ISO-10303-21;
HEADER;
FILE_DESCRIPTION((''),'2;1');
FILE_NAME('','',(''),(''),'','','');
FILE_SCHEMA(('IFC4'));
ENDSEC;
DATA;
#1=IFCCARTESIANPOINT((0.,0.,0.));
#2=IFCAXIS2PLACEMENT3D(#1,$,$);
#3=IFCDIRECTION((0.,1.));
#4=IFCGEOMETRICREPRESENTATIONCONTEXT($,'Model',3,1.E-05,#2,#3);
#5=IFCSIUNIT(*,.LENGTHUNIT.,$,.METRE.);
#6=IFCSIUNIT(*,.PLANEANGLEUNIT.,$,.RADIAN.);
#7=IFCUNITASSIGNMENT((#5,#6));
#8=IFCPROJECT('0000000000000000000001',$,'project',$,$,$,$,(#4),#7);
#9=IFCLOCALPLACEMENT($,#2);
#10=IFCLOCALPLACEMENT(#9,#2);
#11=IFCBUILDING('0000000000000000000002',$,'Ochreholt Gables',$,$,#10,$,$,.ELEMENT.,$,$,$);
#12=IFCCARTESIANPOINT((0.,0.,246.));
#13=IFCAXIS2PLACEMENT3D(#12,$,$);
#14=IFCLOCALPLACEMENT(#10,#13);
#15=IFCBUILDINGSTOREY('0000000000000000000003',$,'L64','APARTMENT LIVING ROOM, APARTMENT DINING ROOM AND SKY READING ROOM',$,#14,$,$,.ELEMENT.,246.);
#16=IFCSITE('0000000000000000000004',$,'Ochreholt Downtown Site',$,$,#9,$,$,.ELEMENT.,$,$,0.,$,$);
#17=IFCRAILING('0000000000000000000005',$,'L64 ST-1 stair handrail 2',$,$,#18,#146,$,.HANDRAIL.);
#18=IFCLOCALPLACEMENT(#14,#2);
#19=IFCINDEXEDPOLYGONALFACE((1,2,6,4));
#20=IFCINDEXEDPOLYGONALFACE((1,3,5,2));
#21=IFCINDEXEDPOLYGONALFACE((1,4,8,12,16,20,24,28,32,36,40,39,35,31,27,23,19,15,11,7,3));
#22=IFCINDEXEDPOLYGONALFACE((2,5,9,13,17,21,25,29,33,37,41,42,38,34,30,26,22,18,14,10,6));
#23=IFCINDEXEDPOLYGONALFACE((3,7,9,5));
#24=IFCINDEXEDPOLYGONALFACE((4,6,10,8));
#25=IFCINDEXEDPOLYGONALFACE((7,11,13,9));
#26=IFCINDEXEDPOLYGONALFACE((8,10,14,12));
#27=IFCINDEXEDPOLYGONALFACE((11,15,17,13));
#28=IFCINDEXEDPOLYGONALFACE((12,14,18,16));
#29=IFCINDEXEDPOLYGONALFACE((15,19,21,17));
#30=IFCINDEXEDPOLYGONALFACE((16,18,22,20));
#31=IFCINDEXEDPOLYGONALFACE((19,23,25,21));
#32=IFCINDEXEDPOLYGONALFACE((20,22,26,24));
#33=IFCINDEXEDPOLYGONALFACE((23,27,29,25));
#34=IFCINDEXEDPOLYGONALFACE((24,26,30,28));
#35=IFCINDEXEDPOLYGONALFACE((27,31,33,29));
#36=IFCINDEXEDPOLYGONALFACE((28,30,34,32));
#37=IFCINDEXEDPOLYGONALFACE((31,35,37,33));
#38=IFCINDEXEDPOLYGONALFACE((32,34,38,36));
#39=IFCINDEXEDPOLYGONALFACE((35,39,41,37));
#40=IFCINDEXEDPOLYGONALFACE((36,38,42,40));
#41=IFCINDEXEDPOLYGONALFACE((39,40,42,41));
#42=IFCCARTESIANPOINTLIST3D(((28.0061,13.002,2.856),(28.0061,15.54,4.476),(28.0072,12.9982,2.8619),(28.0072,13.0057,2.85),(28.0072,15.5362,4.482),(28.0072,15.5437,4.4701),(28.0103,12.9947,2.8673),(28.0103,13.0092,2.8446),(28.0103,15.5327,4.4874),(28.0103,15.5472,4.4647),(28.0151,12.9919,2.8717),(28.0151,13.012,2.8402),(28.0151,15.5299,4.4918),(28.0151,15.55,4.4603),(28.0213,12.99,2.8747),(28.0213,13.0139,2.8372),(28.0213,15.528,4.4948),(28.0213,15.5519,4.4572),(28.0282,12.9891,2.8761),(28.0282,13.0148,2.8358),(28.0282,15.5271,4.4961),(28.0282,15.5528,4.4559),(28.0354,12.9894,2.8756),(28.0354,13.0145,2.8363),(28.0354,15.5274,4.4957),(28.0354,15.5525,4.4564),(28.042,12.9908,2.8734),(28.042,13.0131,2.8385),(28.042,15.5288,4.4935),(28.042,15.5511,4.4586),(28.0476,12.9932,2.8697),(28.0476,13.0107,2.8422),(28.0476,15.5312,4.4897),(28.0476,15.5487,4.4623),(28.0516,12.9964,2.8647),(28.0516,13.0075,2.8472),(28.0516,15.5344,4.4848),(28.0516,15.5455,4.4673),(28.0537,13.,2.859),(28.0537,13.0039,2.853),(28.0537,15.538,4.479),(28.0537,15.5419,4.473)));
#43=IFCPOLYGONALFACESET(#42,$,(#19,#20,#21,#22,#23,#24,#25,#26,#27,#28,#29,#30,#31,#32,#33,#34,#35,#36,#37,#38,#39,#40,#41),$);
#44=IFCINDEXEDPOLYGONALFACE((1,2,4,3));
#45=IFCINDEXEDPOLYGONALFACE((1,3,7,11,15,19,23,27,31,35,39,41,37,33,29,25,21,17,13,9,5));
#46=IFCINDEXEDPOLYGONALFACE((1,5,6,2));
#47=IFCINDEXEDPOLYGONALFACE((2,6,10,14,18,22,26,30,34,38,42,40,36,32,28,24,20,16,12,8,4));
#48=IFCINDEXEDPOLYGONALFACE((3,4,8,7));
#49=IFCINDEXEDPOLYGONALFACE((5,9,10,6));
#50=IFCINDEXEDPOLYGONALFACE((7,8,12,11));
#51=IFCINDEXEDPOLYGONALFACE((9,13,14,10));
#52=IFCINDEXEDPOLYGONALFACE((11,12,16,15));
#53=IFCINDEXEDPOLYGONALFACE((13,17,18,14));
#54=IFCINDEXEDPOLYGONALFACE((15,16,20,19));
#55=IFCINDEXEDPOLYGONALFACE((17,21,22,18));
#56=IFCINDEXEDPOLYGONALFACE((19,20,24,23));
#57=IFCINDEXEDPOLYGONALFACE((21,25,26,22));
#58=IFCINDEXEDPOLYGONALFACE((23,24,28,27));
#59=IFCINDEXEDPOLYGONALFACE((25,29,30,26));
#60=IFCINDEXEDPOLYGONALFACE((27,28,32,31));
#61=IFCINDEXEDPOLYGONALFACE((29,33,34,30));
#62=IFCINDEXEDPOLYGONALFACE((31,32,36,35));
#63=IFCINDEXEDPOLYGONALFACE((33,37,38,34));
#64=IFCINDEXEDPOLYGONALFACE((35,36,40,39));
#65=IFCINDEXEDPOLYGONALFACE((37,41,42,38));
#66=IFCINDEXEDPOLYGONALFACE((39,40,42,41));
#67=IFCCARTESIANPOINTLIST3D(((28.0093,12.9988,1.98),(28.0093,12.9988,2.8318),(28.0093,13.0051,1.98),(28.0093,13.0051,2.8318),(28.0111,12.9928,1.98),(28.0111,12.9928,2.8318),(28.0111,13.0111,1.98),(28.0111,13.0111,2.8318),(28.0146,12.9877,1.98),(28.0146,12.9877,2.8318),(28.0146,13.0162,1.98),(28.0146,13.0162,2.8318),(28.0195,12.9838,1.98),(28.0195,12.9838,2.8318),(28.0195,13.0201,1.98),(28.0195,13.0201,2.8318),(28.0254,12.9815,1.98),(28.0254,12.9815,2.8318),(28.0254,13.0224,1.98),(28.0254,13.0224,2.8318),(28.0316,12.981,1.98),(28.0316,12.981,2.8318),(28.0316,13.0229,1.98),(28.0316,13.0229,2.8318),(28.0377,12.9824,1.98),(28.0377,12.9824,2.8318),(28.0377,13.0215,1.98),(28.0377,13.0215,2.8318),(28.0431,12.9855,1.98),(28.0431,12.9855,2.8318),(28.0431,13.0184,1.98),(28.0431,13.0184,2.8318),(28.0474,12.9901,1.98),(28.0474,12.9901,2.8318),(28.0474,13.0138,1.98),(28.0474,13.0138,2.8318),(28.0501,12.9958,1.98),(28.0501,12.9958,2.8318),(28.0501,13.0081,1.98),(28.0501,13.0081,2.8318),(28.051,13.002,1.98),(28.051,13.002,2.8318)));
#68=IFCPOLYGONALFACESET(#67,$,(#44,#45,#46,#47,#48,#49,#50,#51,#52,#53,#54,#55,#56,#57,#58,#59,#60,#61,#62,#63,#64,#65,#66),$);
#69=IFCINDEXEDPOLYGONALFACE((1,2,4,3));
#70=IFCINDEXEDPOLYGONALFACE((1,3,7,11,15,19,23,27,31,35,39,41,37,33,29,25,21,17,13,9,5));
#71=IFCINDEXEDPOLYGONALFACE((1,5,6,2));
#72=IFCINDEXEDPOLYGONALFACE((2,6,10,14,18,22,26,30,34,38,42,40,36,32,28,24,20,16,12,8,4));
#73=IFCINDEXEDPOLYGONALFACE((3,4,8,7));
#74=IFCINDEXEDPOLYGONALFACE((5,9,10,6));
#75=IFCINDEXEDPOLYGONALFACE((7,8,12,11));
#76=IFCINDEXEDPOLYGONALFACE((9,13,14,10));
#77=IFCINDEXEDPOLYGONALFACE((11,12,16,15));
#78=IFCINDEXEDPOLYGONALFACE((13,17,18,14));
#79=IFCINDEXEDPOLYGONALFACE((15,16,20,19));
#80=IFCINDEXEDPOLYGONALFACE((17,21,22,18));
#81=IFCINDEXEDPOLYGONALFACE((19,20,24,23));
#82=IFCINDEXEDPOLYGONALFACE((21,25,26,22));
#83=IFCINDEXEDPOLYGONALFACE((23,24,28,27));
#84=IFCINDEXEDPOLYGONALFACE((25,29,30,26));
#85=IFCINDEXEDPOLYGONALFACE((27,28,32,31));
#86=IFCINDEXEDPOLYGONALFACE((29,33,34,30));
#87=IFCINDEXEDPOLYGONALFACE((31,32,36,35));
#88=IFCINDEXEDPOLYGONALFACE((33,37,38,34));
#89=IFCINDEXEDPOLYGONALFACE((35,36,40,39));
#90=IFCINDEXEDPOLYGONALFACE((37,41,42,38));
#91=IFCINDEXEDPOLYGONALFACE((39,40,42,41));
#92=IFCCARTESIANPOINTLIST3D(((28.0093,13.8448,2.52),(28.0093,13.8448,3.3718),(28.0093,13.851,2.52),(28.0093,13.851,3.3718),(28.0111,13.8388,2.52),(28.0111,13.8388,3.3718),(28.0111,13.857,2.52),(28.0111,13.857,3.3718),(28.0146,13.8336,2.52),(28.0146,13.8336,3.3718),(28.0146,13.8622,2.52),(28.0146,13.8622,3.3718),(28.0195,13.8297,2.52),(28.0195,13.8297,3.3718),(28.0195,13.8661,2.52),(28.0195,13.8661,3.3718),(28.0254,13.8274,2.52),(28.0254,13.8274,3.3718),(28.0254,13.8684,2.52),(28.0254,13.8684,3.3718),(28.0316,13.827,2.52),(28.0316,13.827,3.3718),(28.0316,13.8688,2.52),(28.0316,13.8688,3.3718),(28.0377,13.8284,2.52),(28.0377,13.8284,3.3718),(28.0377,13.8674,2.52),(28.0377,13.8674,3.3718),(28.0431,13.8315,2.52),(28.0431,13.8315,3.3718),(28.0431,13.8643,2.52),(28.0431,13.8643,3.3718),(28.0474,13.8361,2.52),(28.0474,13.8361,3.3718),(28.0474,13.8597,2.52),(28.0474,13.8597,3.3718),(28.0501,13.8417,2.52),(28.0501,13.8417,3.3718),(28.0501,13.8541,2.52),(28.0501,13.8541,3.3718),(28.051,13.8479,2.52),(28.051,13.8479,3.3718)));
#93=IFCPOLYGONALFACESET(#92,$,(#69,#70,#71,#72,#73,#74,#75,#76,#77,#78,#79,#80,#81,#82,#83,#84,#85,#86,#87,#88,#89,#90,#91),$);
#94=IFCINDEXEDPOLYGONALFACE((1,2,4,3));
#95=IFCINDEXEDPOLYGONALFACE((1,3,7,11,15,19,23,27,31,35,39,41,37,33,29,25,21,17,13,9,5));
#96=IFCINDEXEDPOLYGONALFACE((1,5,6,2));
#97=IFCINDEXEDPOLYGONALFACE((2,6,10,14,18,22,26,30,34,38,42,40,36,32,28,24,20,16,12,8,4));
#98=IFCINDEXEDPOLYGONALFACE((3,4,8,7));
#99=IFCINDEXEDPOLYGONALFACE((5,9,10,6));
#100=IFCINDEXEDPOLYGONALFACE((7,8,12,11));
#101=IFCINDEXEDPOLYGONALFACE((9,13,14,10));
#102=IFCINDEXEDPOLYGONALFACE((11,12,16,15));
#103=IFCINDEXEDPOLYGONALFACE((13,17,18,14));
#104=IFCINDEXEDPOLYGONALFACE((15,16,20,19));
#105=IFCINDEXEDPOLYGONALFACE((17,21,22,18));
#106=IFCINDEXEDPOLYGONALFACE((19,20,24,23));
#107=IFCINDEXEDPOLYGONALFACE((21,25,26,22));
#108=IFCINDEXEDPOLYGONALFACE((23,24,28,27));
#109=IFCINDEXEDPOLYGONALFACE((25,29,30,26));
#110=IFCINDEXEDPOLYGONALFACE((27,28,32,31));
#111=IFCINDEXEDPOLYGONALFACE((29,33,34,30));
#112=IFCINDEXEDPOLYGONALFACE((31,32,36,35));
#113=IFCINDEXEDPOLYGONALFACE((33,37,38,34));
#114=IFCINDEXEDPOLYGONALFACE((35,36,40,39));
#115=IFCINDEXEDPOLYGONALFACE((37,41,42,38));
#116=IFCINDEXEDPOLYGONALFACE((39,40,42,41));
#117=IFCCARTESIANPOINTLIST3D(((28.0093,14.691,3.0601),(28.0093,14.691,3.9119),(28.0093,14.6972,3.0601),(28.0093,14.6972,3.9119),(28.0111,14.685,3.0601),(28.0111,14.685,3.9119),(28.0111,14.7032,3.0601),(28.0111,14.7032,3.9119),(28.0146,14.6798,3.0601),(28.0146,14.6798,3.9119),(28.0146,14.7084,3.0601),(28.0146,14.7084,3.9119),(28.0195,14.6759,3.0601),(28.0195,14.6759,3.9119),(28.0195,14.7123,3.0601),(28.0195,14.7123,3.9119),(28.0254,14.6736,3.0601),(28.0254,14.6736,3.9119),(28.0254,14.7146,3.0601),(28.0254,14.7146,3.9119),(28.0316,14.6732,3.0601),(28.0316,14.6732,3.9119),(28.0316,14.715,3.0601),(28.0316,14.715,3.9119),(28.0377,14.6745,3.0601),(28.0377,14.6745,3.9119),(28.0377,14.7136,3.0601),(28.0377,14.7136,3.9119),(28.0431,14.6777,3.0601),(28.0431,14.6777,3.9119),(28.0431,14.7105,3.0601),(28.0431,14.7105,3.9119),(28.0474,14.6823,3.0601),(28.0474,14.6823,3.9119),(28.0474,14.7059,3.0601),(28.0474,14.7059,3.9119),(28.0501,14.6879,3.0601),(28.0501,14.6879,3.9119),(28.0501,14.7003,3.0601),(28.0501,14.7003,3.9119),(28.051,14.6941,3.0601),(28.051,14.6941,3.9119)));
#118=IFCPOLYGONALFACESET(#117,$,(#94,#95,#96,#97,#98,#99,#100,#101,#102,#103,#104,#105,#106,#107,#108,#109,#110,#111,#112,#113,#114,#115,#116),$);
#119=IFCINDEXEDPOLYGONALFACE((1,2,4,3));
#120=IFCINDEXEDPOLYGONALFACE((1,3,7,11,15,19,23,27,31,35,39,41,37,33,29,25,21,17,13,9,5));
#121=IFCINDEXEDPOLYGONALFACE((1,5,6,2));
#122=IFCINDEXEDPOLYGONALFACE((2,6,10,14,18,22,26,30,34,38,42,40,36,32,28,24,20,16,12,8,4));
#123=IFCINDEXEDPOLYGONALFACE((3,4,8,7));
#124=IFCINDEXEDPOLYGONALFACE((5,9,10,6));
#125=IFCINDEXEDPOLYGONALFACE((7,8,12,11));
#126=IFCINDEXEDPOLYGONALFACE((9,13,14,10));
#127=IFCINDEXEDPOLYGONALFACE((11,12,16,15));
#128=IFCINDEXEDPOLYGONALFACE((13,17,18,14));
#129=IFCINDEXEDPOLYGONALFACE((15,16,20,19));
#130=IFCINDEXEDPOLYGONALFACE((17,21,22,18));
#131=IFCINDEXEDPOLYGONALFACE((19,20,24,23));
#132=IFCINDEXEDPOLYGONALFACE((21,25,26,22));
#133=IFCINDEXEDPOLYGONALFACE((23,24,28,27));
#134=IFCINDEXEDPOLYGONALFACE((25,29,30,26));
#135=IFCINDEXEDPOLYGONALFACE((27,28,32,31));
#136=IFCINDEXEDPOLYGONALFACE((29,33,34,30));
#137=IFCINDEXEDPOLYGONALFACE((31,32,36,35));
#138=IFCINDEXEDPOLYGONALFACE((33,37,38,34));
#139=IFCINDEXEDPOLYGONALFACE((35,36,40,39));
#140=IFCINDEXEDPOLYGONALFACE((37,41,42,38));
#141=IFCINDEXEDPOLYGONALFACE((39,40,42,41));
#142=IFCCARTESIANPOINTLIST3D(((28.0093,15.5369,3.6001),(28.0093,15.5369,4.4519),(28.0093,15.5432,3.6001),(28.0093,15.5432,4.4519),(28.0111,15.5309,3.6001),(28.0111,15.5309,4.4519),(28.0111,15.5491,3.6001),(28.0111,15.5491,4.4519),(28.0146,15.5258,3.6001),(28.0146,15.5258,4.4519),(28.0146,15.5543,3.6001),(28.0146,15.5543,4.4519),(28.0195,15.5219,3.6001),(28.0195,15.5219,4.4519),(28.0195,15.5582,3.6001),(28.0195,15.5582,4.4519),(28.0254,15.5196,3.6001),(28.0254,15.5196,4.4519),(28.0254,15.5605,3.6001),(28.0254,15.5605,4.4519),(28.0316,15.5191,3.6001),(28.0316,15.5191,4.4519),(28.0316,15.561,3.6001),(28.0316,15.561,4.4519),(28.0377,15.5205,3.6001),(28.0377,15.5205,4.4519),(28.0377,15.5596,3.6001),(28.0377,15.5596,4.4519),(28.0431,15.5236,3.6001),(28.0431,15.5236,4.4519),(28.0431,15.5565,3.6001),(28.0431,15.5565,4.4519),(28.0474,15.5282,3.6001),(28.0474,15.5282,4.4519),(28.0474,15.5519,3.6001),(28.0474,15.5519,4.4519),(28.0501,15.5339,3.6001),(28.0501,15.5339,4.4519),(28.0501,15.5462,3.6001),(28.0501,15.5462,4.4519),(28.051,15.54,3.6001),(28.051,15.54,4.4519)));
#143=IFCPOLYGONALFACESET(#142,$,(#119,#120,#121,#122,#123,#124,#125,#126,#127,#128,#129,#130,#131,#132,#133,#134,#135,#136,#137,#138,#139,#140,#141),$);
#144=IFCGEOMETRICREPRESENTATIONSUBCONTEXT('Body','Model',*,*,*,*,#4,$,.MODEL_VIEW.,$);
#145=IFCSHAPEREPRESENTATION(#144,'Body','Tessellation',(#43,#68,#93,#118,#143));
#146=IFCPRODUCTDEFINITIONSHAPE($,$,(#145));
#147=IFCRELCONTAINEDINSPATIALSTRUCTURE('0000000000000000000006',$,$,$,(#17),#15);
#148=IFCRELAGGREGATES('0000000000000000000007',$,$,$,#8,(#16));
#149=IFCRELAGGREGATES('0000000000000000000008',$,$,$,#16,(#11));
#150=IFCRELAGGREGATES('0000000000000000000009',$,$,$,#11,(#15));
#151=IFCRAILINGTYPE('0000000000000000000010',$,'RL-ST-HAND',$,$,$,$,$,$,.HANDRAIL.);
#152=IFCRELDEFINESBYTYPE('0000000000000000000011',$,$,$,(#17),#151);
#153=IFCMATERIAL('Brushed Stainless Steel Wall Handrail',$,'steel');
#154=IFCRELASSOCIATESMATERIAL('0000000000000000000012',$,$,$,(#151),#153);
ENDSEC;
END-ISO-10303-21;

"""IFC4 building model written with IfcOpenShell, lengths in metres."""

from ifc_helpers import new_model, si_unit, direction, frame, origin, origin_2d, place, context, subcontext, project, spatial, circle, extrude, material, type_object, element, save


model = new_model("IFC4")

# Units and contexts
model_context = context("Model", 3, precision=1e-05, world=origin(), true_north=direction((0.0, 1.0)))
body_context = subcontext(model_context, "Body", "Model", "MODEL_VIEW")
ifc_project = project(units=[si_unit("LENGTHUNIT", "METRE"), si_unit("PLANEANGLEUNIT", "RADIAN")], contexts=[model_context])

# Site, building, storey
site_placement = place(None, origin())
site = spatial("IfcSite", under=ifc_project, at=site_placement, Name="Ochreholt Downtown Site", CompositionType="ELEMENT", RefElevation=0.0)
building_placement = place(site_placement, origin())
building = spatial("IfcBuilding", under=site, at=building_placement, Name="Ochreholt Gables", CompositionType="ELEMENT")
storey_placement = place(building_placement, frame((0.0, 0.0, 246.0)))
storey = spatial("IfcBuildingStorey", under=building, at=storey_placement, Name="L64", Description="APARTMENT LIVING ROOM, APARTMENT DINING ROOM AND SKY READING ROOM", CompositionType="ELEMENT", Elevation=246.0)

# Railing
ifc_material_1 = material(Name="Brushed Stainless Steel Wall Handrail", Category="steel")
railing_type_1 = type_object("IfcRailingType", Name="RL-ST-HAND", PredefinedType="HANDRAIL", material=ifc_material_1)
railing_1_placement = place(storey_placement, frame((28.03, 13.002, 1.98)))
element("IfcRailing", 1, at=railing_1_placement, inside=storey, type_object=railing_type_1, Name="L64 ST-1 stair handrail 2", PredefinedType="HANDRAIL", context=body_context, shape_type="SweptSolid", body=[
    extrude(circle(Radius=0.0239, at=origin_2d()), frame((0.0, 0.0, 0.876), z_axis=(0.0, 0.842913, 0.53805), x_axis=(-1.0, 0.0, 0.0)), (0.0, 0.0, 1.0), 3.011),
    extrude(circle(Radius=0.021, at=origin_2d()), origin(), (0.0, 0.0, 1.0), 0.8518),
    extrude(circle(Radius=0.021, at=origin_2d()), frame((0.0, 0.8459, 0.54)), (0.0, 0.0, 1.0), 0.8518),
    extrude(circle(Radius=0.021, at=origin_2d()), frame((0.0, 1.6921, 1.0801)), (0.0, 0.0, 1.0), 0.8518),
    extrude(circle(Radius=0.021, at=origin_2d()), frame((0.0, 2.5381, 1.6201)), (0.0, 0.0, 1.0), 0.8518),
])

save(model, "model.ifc")
